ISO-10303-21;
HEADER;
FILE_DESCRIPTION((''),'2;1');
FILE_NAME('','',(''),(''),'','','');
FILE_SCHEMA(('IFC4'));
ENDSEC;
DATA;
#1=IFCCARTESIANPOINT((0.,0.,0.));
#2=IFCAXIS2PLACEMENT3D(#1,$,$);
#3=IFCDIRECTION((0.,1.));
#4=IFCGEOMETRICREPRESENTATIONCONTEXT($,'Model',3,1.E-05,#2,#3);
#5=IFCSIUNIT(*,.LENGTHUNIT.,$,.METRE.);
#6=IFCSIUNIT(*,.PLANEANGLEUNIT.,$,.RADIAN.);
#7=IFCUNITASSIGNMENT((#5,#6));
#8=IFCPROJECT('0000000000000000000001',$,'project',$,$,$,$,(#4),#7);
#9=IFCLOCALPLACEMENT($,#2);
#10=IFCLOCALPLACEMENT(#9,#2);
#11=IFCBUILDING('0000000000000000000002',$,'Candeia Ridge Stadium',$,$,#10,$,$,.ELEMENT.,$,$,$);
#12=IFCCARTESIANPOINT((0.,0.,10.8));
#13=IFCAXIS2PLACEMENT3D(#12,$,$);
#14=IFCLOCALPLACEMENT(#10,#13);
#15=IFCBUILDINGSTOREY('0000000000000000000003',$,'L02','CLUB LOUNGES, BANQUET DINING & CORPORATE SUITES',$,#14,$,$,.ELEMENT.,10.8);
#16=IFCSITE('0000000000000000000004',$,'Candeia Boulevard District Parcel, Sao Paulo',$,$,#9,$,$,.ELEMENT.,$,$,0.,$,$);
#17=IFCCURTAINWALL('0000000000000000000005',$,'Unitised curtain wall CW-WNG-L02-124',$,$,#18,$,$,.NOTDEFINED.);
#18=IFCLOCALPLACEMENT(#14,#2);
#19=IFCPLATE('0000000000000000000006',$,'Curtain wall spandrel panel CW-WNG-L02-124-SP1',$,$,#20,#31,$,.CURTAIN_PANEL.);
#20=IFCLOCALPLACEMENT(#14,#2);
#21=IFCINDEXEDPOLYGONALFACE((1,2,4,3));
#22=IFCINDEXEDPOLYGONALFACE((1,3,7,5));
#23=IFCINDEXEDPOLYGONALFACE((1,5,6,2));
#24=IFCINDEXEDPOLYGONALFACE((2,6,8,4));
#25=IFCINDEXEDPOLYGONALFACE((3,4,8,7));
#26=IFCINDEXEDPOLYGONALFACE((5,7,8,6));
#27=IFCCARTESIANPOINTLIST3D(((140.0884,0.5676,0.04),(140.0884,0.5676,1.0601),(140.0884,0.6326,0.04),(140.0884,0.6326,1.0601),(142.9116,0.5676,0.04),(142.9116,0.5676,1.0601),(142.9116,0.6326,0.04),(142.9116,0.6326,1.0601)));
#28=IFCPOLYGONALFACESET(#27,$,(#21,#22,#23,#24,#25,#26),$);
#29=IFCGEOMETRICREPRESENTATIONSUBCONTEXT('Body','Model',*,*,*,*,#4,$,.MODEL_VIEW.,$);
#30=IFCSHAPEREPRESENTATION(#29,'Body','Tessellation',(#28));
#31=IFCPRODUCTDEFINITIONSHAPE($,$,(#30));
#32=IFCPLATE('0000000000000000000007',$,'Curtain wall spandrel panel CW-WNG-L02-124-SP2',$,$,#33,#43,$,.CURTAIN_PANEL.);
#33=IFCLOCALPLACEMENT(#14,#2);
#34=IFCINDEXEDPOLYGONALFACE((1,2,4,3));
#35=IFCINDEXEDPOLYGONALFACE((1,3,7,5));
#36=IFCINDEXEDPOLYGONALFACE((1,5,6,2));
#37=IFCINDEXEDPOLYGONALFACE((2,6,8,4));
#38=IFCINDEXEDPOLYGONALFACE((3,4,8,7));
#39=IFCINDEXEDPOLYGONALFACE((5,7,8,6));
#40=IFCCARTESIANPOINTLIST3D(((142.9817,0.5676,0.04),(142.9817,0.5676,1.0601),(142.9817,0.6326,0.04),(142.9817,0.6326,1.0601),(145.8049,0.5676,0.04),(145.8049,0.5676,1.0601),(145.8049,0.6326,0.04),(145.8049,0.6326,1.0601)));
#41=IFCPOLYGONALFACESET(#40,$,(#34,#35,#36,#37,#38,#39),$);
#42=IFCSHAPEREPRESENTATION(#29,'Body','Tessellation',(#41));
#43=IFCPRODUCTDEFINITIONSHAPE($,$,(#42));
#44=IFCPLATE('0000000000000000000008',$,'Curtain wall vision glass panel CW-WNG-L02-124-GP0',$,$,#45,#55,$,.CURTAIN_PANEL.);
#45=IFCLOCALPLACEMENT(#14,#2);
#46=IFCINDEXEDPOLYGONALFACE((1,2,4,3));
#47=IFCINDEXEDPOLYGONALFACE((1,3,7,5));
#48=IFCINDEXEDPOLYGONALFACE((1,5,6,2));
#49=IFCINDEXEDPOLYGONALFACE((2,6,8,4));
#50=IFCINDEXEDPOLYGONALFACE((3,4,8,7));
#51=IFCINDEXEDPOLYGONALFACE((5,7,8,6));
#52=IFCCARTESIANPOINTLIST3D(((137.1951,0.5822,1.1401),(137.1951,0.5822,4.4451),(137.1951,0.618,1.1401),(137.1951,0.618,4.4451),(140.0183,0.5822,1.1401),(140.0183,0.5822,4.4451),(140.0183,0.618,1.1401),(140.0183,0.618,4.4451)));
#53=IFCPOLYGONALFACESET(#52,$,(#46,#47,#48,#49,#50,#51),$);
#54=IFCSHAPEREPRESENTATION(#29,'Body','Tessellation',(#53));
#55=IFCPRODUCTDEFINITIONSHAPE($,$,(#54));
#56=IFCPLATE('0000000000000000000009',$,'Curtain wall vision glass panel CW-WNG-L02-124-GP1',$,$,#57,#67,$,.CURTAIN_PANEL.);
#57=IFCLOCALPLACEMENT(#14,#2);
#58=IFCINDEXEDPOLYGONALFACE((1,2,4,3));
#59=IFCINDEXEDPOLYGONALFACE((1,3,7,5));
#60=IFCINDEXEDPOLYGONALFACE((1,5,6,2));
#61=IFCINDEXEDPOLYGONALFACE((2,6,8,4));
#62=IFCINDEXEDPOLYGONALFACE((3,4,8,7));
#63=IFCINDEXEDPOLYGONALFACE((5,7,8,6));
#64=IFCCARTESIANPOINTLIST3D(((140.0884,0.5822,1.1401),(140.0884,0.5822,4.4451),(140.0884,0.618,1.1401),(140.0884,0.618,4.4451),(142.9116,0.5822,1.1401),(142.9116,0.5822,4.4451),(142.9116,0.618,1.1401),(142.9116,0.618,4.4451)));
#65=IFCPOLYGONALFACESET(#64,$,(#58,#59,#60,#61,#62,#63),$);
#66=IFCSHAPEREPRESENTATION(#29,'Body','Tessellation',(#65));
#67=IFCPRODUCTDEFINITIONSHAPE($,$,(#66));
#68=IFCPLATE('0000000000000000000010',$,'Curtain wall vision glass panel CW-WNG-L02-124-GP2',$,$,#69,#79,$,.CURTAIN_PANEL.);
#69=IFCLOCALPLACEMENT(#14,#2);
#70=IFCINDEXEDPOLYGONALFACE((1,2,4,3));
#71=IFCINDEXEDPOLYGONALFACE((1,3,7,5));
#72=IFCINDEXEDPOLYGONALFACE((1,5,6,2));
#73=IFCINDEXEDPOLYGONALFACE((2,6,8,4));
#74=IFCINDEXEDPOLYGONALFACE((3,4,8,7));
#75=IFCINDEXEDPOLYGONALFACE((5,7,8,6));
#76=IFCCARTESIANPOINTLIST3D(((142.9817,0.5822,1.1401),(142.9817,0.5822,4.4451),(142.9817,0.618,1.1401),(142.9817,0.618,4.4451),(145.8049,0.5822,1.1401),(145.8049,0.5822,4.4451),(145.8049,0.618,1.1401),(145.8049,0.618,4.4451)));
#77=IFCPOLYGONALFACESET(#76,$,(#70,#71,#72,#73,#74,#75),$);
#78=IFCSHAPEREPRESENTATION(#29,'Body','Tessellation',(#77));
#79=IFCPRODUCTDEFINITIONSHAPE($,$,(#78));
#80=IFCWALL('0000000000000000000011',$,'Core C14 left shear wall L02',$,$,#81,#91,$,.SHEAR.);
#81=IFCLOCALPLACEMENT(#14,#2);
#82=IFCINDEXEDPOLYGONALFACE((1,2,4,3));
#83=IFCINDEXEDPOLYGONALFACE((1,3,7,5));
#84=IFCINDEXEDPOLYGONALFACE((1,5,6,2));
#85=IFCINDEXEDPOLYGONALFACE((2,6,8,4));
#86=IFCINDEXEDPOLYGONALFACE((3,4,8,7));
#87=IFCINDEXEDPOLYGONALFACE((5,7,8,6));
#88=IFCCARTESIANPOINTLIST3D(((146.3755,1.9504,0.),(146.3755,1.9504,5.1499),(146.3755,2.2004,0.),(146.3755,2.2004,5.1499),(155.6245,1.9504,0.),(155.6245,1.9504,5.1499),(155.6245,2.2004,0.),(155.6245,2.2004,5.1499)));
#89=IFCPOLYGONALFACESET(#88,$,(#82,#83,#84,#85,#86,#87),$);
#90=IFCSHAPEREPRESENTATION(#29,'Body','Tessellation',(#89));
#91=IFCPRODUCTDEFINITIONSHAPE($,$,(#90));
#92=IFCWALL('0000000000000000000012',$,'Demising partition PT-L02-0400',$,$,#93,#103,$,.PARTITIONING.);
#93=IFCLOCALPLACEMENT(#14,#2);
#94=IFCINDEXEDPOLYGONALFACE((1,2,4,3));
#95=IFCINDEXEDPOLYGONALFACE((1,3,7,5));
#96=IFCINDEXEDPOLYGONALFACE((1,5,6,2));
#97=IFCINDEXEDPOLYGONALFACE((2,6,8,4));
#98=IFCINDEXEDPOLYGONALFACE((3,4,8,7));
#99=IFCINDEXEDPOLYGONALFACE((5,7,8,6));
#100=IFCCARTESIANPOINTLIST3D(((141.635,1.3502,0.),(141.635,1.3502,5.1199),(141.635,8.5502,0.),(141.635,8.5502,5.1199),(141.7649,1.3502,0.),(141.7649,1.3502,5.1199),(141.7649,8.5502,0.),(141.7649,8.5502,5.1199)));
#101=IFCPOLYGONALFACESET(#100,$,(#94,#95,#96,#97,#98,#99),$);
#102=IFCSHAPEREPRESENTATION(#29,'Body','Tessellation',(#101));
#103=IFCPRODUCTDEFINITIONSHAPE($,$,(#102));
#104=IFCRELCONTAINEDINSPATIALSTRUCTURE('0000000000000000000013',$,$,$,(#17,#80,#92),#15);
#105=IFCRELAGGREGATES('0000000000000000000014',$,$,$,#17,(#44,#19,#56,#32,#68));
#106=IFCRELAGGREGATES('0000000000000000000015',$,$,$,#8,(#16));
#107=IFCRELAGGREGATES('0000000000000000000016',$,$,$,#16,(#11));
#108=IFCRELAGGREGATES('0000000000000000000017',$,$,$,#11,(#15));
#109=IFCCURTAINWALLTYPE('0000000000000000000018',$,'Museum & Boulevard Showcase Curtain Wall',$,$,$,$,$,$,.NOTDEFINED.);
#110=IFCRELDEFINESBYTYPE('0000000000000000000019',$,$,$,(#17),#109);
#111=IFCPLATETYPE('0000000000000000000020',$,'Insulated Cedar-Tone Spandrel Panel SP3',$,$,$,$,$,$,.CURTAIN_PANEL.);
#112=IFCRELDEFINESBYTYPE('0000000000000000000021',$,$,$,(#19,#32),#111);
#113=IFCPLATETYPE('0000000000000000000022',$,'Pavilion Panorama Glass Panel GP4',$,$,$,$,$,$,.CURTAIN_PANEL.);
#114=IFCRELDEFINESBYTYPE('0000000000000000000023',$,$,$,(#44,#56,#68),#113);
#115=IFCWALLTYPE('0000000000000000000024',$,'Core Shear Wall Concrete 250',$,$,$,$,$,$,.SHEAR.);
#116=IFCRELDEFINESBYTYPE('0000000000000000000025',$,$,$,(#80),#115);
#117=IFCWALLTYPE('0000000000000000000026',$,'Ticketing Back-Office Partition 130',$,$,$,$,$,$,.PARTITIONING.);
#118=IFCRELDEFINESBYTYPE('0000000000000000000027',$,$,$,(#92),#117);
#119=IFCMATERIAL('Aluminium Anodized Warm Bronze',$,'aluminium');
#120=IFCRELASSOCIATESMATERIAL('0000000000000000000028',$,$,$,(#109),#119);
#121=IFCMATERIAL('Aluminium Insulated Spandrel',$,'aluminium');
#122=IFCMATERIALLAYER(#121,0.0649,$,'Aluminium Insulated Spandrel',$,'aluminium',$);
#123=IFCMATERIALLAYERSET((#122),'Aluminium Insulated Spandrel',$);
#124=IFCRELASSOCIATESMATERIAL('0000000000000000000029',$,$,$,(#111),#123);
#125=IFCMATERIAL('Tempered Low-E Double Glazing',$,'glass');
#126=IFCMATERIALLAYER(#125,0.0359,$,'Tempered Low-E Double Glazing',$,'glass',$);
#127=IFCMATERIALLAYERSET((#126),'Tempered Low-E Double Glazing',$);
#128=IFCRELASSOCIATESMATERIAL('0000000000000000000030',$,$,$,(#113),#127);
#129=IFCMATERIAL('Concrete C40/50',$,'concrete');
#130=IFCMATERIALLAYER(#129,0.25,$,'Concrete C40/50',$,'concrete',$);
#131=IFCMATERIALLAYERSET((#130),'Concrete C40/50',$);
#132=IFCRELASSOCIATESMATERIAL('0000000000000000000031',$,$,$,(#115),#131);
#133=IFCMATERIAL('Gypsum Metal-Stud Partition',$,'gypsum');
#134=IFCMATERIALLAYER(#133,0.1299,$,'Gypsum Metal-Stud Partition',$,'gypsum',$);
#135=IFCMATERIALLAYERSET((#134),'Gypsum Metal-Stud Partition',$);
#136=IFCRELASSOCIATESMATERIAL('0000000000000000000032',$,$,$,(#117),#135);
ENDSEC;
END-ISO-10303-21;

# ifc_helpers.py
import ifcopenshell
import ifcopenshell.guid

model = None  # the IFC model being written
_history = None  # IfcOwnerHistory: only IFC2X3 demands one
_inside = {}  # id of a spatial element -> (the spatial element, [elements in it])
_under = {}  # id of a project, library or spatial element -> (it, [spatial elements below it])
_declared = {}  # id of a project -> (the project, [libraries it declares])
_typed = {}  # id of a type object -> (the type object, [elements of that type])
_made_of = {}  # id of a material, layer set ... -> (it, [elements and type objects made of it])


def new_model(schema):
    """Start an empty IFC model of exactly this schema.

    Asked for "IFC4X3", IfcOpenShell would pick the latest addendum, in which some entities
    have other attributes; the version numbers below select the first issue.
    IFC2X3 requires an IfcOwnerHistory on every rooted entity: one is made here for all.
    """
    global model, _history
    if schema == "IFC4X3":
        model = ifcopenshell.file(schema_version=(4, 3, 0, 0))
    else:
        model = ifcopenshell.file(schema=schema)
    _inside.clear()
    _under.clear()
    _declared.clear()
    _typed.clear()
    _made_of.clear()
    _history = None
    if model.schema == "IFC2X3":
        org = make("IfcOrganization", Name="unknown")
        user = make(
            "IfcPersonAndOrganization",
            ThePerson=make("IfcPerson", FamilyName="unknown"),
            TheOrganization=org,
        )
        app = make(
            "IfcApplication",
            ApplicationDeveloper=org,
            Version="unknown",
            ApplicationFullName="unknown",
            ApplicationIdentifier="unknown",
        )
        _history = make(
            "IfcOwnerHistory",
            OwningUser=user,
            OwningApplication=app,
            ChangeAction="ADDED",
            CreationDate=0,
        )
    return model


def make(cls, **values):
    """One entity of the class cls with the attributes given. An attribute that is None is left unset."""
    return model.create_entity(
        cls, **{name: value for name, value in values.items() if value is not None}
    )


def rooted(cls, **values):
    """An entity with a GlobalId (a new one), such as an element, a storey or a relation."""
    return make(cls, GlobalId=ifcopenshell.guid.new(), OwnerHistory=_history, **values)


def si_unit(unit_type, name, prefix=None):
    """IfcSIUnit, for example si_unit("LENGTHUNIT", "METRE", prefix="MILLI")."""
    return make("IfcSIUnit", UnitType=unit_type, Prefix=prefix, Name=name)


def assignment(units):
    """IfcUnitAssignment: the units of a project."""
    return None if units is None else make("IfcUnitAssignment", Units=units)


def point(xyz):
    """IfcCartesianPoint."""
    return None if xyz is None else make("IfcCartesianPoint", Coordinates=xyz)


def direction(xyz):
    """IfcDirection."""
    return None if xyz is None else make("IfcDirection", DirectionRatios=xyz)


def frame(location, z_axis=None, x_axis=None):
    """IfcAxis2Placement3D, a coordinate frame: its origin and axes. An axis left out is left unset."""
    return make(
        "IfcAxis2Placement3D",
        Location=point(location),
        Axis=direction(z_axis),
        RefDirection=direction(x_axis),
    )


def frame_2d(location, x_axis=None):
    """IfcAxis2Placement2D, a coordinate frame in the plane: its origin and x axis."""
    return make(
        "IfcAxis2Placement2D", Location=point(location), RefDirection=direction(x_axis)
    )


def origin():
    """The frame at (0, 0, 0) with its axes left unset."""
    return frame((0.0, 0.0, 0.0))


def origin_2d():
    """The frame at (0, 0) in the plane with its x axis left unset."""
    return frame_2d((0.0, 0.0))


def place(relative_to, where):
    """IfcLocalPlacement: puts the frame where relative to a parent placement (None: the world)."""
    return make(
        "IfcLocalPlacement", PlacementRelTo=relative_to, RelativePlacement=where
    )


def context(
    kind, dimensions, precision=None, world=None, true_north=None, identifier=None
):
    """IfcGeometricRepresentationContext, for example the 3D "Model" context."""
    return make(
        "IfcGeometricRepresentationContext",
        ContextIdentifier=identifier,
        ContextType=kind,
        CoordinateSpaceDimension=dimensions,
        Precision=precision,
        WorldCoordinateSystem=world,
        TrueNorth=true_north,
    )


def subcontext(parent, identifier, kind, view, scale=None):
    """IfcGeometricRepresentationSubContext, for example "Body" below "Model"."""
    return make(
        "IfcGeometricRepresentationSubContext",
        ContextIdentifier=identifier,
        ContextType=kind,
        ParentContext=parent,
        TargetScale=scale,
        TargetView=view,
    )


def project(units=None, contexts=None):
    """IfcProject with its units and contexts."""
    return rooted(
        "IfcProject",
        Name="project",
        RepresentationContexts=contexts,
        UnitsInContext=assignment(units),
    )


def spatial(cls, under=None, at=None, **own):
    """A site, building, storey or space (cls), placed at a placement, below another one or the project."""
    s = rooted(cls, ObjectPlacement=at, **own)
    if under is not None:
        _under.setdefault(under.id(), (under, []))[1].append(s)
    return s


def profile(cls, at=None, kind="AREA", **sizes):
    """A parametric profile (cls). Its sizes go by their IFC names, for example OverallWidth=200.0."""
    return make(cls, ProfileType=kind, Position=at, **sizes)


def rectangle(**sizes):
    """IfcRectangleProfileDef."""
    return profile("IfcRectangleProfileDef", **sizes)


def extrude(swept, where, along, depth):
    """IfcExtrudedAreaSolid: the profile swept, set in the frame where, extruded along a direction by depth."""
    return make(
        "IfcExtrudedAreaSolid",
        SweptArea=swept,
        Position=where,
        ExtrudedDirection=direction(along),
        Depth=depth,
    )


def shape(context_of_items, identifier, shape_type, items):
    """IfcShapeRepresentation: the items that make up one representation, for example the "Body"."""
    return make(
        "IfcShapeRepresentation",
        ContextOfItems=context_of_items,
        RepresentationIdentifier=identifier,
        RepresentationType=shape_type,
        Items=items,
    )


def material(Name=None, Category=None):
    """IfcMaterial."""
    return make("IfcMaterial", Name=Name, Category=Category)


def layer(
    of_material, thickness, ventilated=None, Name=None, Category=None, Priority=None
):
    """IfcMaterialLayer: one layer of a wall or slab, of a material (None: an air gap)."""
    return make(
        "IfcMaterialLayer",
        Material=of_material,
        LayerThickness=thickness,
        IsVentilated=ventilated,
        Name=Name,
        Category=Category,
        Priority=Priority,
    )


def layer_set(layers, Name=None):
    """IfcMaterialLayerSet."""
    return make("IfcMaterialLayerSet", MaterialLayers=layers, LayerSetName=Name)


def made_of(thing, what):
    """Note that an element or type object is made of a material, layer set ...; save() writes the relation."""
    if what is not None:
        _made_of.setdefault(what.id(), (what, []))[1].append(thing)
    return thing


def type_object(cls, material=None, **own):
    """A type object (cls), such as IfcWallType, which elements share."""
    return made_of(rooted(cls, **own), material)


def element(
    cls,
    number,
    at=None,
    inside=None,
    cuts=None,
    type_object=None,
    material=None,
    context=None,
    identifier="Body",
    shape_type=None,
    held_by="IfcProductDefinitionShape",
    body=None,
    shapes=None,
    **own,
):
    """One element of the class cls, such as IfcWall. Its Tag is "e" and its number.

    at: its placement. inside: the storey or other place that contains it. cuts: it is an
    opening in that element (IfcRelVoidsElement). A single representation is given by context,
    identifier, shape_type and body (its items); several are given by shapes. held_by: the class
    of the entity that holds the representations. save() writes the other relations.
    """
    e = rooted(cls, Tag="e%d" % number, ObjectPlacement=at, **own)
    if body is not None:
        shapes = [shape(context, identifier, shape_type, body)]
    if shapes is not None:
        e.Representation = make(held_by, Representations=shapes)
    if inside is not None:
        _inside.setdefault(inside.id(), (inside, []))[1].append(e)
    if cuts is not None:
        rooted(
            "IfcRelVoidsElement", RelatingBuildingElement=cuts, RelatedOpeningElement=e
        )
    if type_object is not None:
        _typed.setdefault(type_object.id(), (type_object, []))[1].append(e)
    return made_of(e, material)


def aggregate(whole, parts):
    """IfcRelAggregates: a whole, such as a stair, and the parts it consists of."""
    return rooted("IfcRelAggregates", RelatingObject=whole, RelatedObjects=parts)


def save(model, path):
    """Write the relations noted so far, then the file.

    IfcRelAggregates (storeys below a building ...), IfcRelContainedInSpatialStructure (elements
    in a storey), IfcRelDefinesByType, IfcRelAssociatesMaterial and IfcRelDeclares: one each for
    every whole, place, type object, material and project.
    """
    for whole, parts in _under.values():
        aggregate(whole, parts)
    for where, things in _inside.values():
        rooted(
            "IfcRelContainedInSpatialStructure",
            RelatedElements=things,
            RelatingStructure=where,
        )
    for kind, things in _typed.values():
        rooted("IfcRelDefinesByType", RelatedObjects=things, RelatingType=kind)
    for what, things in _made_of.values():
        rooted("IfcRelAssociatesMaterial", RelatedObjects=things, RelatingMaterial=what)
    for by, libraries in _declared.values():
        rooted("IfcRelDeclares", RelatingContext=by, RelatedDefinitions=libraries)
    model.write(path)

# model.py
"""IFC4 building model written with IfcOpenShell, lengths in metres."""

from ifc_helpers import new_model, si_unit, direction, frame, frame_2d, origin, origin_2d, place, context, subcontext, project, spatial, rectangle, extrude, material, layer, layer_set, type_object, element, aggregate, save


model = new_model("IFC4")

# Units and contexts
model_context = context("Model", 3, precision=1e-05, world=origin(), true_north=direction((0.0, 1.0)))
body_context = subcontext(model_context, "Body", "Model", "MODEL_VIEW")
ifc_project = project(units=[si_unit("LENGTHUNIT", "METRE"), si_unit("PLANEANGLEUNIT", "RADIAN")], contexts=[model_context])

# Site, building, storey
site_placement = place(None, origin())
site = spatial("IfcSite", under=ifc_project, at=site_placement, Name="Candeia Boulevard District Parcel, Sao Paulo", CompositionType="ELEMENT", RefElevation=0.0)
building_placement = place(site_placement, origin())
building = spatial("IfcBuilding", under=site, at=building_placement, Name="Candeia Ridge Stadium", CompositionType="ELEMENT")
storey_placement = place(building_placement, frame((0.0, 0.0, 10.8)))
storey = spatial("IfcBuildingStorey", under=building, at=storey_placement, Name="L02", Description="CLUB LOUNGES, BANQUET DINING & CORPORATE SUITES", CompositionType="ELEMENT", Elevation=10.8)

# Shared definitions
ifc_material_1 = material(Name="Concrete C40/50", Category="concrete")

# Curtain wall
ifc_material_2 = material(Name="Aluminium Anodized Warm Bronze", Category="aluminium")
curtain_wall_type = type_object("IfcCurtainWallType", Name="Museum & Boulevard Showcase Curtain Wall", PredefinedType="NOTDEFINED", material=ifc_material_2)
curtain_wall_placement = place(storey_placement, origin())
curtain_wall = element("IfcCurtainWall", 1, at=curtain_wall_placement, inside=storey, type_object=curtain_wall_type, Name="Unitised curtain wall CW-WNG-L02-124", PredefinedType="NOTDEFINED")

# Plates
ifc_material_3 = material(Name="Aluminium Insulated Spandrel", Category="aluminium")
ifc_layer_1 = layer(ifc_material_3, 0.0649, Name="Aluminium Insulated Spandrel", Category="aluminium")
ifc_layer_set_1 = layer_set([ifc_layer_1], Name="Aluminium Insulated Spandrel")
plate_type_1 = type_object("IfcPlateType", Name="Insulated Cedar-Tone Spandrel Panel SP3", PredefinedType="CURTAIN_PANEL", material=ifc_layer_set_1)
plate_1_placement = place(storey_placement, frame((141.5, 0.6001, 0.04), z_axis=(0.0, 0.0, 1.0), x_axis=(1.0, 0.0, 0.0)))
plate_1 = element("IfcPlate", 2, at=plate_1_placement, type_object=plate_type_1, Name="Curtain wall spandrel panel CW-WNG-L02-124-SP1", PredefinedType="CURTAIN_PANEL", context=body_context, shape_type="SweptSolid", body=[
    extrude(rectangle(XDim=2.8232, YDim=0.0649, at=origin_2d()), origin(), (0.0, 0.0, 1.0), 1.02),
])
plate_2_placement = place(storey_placement, frame((144.3933, 0.6001, 0.04), z_axis=(0.0, 0.0, 1.0), x_axis=(1.0, 0.0, 0.0)))
plate_2 = element("IfcPlate", 3, at=plate_2_placement, type_object=plate_type_1, Name="Curtain wall spandrel panel CW-WNG-L02-124-SP2", PredefinedType="CURTAIN_PANEL", context=body_context, shape_type="SweptSolid", body=[
    extrude(rectangle(XDim=2.8232, YDim=0.0649, at=origin_2d()), origin(), (0.0, 0.0, 1.0), 1.02),
])
ifc_material_4 = material(Name="Tempered Low-E Double Glazing", Category="glass")
ifc_layer_2 = layer(ifc_material_4, 0.0359, Name="Tempered Low-E Double Glazing", Category="glass")
ifc_layer_set_2 = layer_set([ifc_layer_2], Name="Tempered Low-E Double Glazing")
plate_type_2 = type_object("IfcPlateType", Name="Pavilion Panorama Glass Panel GP4", PredefinedType="CURTAIN_PANEL", material=ifc_layer_set_2)
plate_3_placement = place(storey_placement, frame((138.6067, 0.6001, 1.1401), z_axis=(0.0, 0.0, 1.0), x_axis=(1.0, 0.0, 0.0)))
plate_3 = element("IfcPlate", 4, at=plate_3_placement, type_object=plate_type_2, Name="Curtain wall vision glass panel CW-WNG-L02-124-GP0", PredefinedType="CURTAIN_PANEL", context=body_context, shape_type="SweptSolid", body=[
    extrude(rectangle(XDim=2.8232, YDim=0.0359, at=origin_2d()), origin(), (0.0, 0.0, 1.0), 3.3049),
])
plate_4_placement = place(storey_placement, frame((141.5, 0.6001, 1.1401), z_axis=(0.0, 0.0, 1.0), x_axis=(1.0, 0.0, 0.0)))
plate_4 = element("IfcPlate", 5, at=plate_4_placement, type_object=plate_type_2, Name="Curtain wall vision glass panel CW-WNG-L02-124-GP1", PredefinedType="CURTAIN_PANEL", context=body_context, shape_type="SweptSolid", body=[
    extrude(rectangle(XDim=2.8232, YDim=0.0359, at=origin_2d()), origin(), (0.0, 0.0, 1.0), 3.3049),
])
plate_5_placement = place(storey_placement, frame((144.3933, 0.6001, 1.1401), z_axis=(0.0, 0.0, 1.0), x_axis=(1.0, 0.0, 0.0)))
plate_5 = element("IfcPlate", 6, at=plate_5_placement, type_object=plate_type_2, Name="Curtain wall vision glass panel CW-WNG-L02-124-GP2", PredefinedType="CURTAIN_PANEL", context=body_context, shape_type="SweptSolid", body=[
    extrude(rectangle(XDim=2.8232, YDim=0.0359, at=origin_2d()), origin(), (0.0, 0.0, 1.0), 3.3049),
])
aggregate(curtain_wall, [plate_3, plate_1, plate_4, plate_2, plate_5])

# Walls
ifc_layer_3 = layer(ifc_material_1, 0.25, Name="Concrete C40/50", Category="concrete")
ifc_layer_set_3 = layer_set([ifc_layer_3], Name="Concrete C40/50")
wall_type_1 = type_object("IfcWallType", Name="Core Shear Wall Concrete 250", PredefinedType="SHEAR", material=ifc_layer_set_3)
wall_1_placement = place(storey_placement, frame((146.3755, 2.0754, 0.0), z_axis=(0.0, 0.0, 1.0), x_axis=(1.0, 0.0, 0.0)))
element("IfcWall", 7, at=wall_1_placement, inside=storey, type_object=wall_type_1, Name="Core C14 left shear wall L02", PredefinedType="SHEAR", context=body_context, shape_type="SweptSolid", body=[
    extrude(rectangle(XDim=9.249, YDim=0.25, at=frame_2d((4.6245, 0.0))), origin(), (0.0, 0.0, 1.0), 5.1499),
])
ifc_material_5 = material(Name="Gypsum Metal-Stud Partition", Category="gypsum")
ifc_layer_4 = layer(ifc_material_5, 0.1299, Name="Gypsum Metal-Stud Partition", Category="gypsum")
ifc_layer_set_4 = layer_set([ifc_layer_4], Name="Gypsum Metal-Stud Partition")
wall_type_2 = type_object("IfcWallType", Name="Ticketing Back-Office Partition 130", PredefinedType="PARTITIONING", material=ifc_layer_set_4)
wall_2_placement = place(storey_placement, frame((141.7, 1.3501, 0.0), z_axis=(0.0, 0.0, 1.0), x_axis=(0.0, 1.0, 0.0)))
element("IfcWall", 8, at=wall_2_placement, inside=storey, type_object=wall_type_2, Name="Demising partition PT-L02-0400", PredefinedType="PARTITIONING", context=body_context, shape_type="SweptSolid", body=[
    extrude(rectangle(XDim=7.2, YDim=0.1299, at=frame_2d((3.6001, 0.0))), origin(), (0.0, 0.0, 1.0), 5.1199),
])

save(model, "model.ifc")
